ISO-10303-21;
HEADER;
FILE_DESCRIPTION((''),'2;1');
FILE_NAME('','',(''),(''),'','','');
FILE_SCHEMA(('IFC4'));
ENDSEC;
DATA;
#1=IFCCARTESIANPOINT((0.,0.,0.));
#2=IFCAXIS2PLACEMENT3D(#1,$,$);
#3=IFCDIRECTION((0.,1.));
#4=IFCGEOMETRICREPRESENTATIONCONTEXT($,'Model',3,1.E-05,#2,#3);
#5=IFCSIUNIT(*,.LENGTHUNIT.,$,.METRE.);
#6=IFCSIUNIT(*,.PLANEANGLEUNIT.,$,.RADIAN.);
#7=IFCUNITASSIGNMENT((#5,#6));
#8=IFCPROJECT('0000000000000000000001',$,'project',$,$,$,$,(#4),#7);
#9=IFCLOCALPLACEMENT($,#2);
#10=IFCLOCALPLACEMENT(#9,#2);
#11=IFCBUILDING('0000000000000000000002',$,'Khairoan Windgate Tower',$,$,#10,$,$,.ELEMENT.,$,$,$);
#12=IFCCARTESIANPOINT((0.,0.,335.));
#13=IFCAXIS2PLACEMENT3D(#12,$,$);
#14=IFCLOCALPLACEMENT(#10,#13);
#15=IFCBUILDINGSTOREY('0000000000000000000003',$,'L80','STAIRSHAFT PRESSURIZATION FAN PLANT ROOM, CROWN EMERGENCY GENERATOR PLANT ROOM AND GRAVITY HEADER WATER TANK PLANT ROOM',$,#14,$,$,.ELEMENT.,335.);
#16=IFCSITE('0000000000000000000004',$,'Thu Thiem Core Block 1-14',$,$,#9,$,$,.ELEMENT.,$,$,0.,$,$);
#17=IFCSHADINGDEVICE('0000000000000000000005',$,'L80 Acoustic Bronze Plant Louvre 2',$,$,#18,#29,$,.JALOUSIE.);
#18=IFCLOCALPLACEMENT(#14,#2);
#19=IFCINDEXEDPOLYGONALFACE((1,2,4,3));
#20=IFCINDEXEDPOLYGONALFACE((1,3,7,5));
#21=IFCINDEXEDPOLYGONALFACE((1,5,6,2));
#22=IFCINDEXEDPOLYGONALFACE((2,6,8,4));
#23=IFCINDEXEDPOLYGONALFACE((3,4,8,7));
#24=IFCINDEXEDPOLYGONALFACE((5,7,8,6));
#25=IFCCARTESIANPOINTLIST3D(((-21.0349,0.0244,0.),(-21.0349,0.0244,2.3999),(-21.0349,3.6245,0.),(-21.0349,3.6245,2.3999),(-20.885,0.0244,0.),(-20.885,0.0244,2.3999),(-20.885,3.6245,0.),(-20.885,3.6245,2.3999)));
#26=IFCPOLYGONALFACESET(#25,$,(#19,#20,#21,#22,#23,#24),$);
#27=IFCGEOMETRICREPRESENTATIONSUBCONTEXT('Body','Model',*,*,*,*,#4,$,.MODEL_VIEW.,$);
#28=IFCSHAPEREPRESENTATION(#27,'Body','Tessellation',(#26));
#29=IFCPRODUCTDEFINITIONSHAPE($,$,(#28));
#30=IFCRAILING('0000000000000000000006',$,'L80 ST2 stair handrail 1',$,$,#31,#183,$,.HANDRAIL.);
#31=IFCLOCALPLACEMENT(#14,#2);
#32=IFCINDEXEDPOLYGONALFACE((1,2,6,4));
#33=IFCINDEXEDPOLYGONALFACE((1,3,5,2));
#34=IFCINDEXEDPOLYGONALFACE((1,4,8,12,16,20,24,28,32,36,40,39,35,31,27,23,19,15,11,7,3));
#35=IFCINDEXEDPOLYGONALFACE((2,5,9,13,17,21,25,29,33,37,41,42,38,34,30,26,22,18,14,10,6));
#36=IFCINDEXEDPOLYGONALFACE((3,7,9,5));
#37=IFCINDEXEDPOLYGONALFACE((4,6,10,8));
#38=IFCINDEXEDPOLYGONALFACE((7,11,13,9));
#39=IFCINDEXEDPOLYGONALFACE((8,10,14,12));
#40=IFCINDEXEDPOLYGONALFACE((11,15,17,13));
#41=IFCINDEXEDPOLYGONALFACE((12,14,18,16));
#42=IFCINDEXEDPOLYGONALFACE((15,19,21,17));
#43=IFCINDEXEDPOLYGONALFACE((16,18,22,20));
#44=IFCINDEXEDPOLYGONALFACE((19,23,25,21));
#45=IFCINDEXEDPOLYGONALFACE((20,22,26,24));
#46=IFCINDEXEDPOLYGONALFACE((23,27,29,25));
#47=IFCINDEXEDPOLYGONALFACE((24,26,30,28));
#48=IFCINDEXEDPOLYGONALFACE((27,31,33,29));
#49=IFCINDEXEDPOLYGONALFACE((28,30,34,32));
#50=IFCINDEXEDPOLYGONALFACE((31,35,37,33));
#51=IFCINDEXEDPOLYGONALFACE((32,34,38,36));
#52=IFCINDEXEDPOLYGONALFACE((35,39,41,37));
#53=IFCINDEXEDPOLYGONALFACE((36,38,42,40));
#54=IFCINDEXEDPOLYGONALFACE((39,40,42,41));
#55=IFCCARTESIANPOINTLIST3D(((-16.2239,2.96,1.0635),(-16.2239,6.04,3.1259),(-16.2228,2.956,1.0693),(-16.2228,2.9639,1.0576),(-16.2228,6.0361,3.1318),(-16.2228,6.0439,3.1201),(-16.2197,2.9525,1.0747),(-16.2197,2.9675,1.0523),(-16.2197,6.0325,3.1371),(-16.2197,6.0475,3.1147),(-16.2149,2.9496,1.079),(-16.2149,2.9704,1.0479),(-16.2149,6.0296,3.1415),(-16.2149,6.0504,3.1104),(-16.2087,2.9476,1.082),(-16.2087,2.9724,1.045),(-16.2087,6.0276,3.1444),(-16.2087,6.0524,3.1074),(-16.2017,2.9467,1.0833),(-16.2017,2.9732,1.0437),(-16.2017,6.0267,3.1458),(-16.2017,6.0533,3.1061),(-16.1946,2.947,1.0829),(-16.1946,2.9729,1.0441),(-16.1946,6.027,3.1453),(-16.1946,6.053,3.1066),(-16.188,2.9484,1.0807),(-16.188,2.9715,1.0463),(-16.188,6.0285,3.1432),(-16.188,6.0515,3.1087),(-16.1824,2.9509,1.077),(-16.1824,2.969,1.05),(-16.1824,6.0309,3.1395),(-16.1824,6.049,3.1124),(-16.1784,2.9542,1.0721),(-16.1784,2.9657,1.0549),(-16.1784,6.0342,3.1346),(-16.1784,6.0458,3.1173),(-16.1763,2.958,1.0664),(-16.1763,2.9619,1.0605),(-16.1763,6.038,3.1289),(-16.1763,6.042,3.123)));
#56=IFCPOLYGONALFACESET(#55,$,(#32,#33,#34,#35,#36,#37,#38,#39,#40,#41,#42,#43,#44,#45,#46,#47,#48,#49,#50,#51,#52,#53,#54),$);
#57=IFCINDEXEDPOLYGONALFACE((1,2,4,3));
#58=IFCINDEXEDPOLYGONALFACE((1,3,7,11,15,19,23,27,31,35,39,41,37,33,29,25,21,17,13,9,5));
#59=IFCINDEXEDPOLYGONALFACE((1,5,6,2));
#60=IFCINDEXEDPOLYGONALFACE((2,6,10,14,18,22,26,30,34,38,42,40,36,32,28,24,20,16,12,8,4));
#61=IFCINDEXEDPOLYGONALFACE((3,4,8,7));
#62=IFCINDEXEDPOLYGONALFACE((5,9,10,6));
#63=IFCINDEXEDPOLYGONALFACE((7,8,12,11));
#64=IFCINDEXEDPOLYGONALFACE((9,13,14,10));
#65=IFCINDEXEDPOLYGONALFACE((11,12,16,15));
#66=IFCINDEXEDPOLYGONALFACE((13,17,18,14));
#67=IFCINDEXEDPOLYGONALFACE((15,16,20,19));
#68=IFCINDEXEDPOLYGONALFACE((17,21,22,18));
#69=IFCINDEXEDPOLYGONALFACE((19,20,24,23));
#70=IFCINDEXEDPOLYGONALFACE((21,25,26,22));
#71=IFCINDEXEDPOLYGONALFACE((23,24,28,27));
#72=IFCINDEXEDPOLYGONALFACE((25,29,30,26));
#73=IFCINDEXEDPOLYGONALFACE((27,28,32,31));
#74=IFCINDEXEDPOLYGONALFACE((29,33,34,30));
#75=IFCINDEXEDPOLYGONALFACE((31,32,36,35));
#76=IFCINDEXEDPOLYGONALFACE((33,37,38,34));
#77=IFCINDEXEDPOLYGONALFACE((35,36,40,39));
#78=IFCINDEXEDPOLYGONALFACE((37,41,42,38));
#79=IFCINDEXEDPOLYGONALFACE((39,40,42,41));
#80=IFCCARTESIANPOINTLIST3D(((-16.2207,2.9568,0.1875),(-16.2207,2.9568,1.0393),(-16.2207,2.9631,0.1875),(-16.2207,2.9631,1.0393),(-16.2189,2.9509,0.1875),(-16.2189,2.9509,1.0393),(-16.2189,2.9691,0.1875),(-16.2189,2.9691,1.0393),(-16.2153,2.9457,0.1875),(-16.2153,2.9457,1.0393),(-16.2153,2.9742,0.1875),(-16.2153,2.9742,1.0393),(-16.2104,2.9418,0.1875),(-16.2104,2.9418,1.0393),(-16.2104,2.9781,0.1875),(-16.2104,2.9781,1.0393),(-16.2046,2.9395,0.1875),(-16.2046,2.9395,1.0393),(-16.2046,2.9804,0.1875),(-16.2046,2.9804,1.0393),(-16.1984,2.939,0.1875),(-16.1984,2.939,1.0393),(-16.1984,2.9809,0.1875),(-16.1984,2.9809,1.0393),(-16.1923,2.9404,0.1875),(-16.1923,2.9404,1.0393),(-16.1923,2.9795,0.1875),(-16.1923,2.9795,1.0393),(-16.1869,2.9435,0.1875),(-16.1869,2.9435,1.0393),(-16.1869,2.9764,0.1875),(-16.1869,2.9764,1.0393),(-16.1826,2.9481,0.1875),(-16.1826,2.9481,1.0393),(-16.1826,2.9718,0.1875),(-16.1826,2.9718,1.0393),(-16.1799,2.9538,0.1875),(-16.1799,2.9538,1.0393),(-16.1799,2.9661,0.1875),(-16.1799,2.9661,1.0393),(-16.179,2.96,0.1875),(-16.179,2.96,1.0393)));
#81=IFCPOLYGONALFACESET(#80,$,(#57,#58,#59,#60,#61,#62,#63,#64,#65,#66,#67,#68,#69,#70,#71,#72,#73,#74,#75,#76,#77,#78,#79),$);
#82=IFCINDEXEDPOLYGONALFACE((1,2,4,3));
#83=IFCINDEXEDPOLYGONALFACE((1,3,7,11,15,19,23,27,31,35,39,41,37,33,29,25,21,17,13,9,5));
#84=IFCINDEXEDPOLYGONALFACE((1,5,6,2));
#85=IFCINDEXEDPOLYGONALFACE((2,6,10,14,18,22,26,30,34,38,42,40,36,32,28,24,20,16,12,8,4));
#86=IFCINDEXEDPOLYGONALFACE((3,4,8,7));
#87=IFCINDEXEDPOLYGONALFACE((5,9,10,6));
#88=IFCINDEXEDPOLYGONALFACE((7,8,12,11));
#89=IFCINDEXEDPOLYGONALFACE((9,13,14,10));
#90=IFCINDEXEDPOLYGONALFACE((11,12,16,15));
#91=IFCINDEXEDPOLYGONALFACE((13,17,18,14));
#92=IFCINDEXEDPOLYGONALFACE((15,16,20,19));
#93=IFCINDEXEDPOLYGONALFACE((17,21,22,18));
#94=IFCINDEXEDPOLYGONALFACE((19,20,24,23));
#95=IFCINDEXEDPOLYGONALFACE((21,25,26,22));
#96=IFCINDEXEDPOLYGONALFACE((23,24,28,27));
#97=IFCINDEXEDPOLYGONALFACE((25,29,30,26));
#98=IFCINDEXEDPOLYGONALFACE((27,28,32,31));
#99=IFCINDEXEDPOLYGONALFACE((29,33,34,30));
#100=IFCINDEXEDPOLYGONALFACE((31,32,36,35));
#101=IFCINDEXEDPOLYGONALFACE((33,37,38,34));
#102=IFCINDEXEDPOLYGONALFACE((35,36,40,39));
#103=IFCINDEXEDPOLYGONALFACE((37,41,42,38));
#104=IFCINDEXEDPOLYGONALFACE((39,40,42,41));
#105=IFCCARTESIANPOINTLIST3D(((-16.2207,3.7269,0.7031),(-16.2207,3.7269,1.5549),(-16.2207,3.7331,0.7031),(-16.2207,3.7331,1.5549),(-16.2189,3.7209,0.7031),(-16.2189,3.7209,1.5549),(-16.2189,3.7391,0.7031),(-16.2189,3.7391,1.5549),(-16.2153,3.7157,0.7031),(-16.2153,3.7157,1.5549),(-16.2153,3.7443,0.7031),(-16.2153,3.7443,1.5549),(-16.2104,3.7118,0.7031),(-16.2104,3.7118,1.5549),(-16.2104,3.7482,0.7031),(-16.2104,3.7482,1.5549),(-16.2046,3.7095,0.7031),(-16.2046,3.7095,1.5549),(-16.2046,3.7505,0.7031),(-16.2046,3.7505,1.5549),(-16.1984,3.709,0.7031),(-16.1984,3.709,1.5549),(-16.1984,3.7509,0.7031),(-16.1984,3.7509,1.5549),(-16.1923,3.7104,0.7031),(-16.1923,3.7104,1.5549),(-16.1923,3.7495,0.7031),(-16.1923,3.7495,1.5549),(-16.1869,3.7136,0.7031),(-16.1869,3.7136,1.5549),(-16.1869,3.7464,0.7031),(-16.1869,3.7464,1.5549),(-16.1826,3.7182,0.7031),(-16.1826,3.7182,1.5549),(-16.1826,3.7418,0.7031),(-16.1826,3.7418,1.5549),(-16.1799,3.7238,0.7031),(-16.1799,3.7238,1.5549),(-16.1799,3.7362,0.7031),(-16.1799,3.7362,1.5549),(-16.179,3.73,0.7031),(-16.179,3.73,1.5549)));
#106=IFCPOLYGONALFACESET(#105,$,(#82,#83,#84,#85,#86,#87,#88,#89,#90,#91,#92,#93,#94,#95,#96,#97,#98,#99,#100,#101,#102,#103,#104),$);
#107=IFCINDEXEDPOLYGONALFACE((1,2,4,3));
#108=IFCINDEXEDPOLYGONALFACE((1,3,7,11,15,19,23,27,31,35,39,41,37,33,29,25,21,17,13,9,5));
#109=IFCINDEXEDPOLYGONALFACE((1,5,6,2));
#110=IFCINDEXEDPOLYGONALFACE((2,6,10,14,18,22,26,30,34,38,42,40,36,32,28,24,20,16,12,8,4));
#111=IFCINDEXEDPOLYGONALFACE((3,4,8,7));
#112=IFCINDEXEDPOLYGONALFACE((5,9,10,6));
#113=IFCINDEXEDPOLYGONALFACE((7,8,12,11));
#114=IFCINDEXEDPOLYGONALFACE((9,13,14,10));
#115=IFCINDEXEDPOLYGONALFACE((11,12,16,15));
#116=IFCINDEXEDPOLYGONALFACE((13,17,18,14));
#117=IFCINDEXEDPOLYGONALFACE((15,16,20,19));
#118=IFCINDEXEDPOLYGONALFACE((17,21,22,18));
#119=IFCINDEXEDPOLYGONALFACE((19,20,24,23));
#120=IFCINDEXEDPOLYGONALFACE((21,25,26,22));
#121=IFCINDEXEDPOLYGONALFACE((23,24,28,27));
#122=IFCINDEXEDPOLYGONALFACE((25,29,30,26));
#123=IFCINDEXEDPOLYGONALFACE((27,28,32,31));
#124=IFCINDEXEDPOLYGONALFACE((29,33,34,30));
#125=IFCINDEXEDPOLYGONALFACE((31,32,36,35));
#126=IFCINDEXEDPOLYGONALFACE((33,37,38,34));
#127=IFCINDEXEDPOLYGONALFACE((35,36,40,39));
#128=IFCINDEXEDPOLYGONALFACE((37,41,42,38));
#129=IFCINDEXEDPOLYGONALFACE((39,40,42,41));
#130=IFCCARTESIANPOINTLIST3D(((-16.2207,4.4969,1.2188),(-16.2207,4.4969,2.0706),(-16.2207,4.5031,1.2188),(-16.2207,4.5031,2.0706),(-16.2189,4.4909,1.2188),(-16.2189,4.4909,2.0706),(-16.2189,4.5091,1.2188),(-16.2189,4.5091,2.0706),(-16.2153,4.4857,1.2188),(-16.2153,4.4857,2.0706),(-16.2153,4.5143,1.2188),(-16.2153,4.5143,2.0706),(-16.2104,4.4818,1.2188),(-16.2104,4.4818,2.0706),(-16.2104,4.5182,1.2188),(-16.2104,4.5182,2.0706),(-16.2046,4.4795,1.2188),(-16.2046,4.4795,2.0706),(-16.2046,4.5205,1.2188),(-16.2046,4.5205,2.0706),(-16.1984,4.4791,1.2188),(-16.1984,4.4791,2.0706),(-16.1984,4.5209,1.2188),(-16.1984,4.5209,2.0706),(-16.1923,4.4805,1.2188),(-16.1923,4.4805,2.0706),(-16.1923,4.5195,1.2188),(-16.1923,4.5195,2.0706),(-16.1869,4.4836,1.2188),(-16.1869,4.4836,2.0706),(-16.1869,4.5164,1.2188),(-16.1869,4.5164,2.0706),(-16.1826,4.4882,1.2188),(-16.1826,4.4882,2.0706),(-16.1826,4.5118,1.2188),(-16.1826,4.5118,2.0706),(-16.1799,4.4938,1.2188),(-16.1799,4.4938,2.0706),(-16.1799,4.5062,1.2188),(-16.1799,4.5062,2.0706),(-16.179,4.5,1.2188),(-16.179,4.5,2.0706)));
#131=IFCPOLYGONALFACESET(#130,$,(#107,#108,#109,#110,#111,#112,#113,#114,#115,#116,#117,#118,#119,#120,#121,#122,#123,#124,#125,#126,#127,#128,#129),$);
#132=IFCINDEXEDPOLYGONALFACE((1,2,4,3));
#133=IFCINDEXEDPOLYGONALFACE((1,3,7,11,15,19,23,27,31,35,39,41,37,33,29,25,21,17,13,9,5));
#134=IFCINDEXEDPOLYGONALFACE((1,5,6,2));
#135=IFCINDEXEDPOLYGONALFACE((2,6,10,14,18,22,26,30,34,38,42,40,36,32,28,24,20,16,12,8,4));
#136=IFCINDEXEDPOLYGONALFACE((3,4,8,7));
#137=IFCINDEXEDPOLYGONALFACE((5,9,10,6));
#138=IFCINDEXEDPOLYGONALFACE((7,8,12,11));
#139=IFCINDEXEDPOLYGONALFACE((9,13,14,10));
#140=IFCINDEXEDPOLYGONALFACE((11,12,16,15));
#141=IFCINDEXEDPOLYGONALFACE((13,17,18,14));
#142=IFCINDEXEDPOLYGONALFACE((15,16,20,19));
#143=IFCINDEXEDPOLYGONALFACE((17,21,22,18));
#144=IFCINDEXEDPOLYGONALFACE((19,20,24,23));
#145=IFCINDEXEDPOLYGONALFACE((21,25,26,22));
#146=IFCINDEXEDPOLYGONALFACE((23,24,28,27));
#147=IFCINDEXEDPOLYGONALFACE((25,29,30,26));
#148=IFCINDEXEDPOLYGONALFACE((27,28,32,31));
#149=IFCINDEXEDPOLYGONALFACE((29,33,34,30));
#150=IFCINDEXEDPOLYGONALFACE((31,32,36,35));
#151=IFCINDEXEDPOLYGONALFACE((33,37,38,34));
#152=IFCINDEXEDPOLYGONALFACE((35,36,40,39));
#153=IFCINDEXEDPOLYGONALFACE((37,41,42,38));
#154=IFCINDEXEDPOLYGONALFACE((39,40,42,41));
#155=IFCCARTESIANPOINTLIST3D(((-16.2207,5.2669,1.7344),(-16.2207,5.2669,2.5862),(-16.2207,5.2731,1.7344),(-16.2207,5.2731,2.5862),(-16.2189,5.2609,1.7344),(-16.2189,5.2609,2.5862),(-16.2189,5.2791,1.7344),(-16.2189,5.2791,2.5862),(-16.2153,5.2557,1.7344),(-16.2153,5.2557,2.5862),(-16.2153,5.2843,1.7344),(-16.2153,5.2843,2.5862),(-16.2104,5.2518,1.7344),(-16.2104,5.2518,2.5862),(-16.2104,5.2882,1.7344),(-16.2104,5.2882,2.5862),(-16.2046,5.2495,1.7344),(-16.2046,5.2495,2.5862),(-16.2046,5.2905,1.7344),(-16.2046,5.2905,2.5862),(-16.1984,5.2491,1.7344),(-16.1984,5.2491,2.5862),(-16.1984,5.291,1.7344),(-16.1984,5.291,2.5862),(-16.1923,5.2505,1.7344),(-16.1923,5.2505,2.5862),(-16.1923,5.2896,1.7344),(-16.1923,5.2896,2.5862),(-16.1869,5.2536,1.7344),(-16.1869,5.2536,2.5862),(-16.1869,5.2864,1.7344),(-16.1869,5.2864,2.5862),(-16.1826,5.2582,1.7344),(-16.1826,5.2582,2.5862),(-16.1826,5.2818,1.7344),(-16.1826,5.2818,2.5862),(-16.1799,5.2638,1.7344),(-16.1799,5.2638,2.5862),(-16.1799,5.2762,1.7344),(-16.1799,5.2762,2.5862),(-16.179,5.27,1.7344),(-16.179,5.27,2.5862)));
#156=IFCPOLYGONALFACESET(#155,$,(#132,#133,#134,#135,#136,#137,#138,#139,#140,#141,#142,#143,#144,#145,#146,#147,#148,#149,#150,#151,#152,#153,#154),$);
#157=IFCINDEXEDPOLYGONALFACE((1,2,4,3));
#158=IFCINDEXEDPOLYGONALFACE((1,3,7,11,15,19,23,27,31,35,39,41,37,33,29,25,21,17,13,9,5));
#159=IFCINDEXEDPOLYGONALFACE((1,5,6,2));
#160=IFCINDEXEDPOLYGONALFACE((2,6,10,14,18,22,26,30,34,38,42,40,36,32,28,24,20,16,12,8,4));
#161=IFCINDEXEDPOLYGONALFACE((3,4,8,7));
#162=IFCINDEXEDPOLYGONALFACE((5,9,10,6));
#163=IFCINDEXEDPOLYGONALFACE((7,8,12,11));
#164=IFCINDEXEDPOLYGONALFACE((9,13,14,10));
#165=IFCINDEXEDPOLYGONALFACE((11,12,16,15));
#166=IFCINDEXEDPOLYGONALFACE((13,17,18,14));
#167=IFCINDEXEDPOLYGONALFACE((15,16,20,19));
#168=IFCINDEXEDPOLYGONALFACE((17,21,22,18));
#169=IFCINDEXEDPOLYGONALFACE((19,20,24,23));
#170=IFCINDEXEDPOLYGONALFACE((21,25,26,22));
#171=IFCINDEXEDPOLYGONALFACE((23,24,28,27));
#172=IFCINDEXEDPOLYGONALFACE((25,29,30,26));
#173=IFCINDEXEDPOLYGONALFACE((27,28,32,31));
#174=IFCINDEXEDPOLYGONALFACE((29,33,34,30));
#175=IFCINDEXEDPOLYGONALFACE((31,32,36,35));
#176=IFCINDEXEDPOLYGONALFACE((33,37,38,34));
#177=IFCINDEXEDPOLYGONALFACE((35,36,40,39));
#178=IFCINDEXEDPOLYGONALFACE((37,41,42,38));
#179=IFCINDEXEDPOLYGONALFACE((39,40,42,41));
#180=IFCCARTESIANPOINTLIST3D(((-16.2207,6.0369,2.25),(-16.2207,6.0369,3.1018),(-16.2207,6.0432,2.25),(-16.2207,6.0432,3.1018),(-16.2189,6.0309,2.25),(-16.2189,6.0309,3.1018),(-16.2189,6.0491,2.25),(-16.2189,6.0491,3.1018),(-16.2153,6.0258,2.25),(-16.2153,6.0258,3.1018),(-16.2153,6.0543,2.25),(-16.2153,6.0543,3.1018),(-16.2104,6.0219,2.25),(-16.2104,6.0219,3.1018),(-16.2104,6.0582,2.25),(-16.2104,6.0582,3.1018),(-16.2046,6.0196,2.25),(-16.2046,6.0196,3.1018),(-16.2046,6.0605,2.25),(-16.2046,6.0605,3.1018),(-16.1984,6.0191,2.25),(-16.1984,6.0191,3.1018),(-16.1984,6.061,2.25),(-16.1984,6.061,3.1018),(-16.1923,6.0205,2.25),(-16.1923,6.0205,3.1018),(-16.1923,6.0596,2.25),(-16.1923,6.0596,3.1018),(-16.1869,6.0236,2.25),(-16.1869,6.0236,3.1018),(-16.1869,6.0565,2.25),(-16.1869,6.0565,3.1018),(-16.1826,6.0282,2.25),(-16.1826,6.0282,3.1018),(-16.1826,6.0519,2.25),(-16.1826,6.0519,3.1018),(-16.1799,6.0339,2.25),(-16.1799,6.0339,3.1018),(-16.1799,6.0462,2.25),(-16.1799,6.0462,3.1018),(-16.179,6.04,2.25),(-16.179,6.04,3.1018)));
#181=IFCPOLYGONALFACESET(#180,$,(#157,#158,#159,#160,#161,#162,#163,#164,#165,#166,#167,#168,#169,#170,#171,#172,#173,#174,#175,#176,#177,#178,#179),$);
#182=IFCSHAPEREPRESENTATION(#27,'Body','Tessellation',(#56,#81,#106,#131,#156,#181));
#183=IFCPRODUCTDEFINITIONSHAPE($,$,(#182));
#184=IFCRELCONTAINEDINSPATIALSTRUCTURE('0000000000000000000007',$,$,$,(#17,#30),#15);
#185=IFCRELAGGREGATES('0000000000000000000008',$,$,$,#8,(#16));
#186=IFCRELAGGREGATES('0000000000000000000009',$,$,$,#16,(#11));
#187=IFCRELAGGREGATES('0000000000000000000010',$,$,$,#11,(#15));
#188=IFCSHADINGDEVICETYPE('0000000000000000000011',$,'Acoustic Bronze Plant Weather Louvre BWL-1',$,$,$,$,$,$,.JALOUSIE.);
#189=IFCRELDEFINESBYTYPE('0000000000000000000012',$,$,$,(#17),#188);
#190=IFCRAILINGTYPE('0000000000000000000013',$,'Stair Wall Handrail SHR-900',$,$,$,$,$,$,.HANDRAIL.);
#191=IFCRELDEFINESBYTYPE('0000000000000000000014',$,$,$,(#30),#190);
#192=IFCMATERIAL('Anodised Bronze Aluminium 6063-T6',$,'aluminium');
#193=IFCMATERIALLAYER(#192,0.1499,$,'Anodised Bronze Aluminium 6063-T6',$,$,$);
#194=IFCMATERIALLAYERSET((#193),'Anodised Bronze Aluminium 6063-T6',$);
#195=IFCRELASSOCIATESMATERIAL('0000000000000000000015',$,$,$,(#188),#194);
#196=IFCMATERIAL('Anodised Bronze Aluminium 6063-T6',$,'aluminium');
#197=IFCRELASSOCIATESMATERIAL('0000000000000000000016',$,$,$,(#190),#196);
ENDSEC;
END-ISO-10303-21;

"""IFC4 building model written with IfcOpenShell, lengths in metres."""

from ifc_helpers import new_model, si_unit, direction, frame, origin, origin_2d, place, context, subcontext, project, spatial, rectangle, circle, extrude, material, layer, layer_set, type_object, element, save


model = new_model("IFC4")

# Units and contexts
model_context = context("Model", 3, precision=1e-05, world=origin(), true_north=direction((0.0, 1.0)))
body_context = subcontext(model_context, "Body", "Model", "MODEL_VIEW")
ifc_project = project(units=[si_unit("LENGTHUNIT", "METRE"), si_unit("PLANEANGLEUNIT", "RADIAN")], contexts=[model_context])

# Site, building, storey
site_placement = place(None, origin())
site = spatial("IfcSite", under=ifc_project, at=site_placement, Name="Thu Thiem Core Block 1-14", CompositionType="ELEMENT", RefElevation=0.0)
building_placement = place(site_placement, origin())
building = spatial("IfcBuilding", under=site, at=building_placement, Name="Khairoan Windgate Tower", CompositionType="ELEMENT")
storey_placement = place(building_placement, frame((0.0, 0.0, 335.0)))
storey = spatial("IfcBuildingStorey", under=building, at=storey_placement, Name="L80", Description="STAIRSHAFT PRESSURIZATION FAN PLANT ROOM, CROWN EMERGENCY GENERATOR PLANT ROOM AND GRAVITY HEADER WATER TANK PLANT ROOM", CompositionType="ELEMENT", Elevation=335.0)

# Shading device
ifc_material_1 = material(Name="Anodised Bronze Aluminium 6063-T6", Category="aluminium")
ifc_layer_1 = layer(ifc_material_1, 0.1499, Name="Anodised Bronze Aluminium 6063-T6")
ifc_layer_set_1 = layer_set([ifc_layer_1], Name="Anodised Bronze Aluminium 6063-T6")
shading_device_type = type_object("IfcShadingDeviceType", Name="Acoustic Bronze Plant Weather Louvre BWL-1", PredefinedType="JALOUSIE", material=ifc_layer_set_1)
shading_device_placement = place(storey_placement, frame((-20.96, 1.8245, 0.0), z_axis=(0.0, 0.0, 1.0), x_axis=(0.0, 1.0, 0.0)))
element("IfcShadingDevice", 1, at=shading_device_placement, inside=storey, type_object=shading_device_type, Name="L80 Acoustic Bronze Plant Louvre 2", PredefinedType="JALOUSIE", context=body_context, shape_type="SweptSolid", body=[
    extrude(rectangle(XDim=3.6001, YDim=0.1499, at=origin_2d()), origin(), (0.0, 0.0, 1.0), 2.3999),
])

# Railing
ifc_material_2 = material(Name="Anodised Bronze Aluminium 6063-T6", Category="aluminium")
railing_type_1 = type_object("IfcRailingType", Name="Stair Wall Handrail SHR-900", PredefinedType="HANDRAIL", material=ifc_material_2)
railing_1_placement = place(storey_placement, frame((-16.2, 2.96, 0.1875)))
element("IfcRailing", 2, at=railing_1_placement, inside=storey, type_object=railing_type_1, Name="L80 ST2 stair handrail 1", PredefinedType="HANDRAIL", context=body_context, shape_type="SweptSolid", body=[
    extrude(circle(Radius=0.0239, at=origin_2d()), frame((0.0, 0.0, 0.876), z_axis=(0.0, 0.830914, 0.556401), x_axis=(-1.0, 0.0, 0.0)), (0.0, 0.0, 1.0), 3.7068),
    extrude(circle(Radius=0.021, at=origin_2d()), origin(), (0.0, 0.0, 1.0), 0.8518),
    extrude(circle(Radius=0.021, at=origin_2d()), frame((0.0, 0.77, 0.5156)), (0.0, 0.0, 1.0), 0.8518),
    extrude(circle(Radius=0.021, at=origin_2d()), frame((0.0, 1.54, 1.0312)), (0.0, 0.0, 1.0), 0.8518),
    extrude(circle(Radius=0.021, at=origin_2d()), frame((0.0, 2.3101, 1.5469)), (0.0, 0.0, 1.0), 0.8518),
    extrude(circle(Radius=0.021, at=origin_2d()), frame((0.0, 3.0801, 2.0625)), (0.0, 0.0, 1.0), 0.8518),
])

save(model, "model.ifc")
